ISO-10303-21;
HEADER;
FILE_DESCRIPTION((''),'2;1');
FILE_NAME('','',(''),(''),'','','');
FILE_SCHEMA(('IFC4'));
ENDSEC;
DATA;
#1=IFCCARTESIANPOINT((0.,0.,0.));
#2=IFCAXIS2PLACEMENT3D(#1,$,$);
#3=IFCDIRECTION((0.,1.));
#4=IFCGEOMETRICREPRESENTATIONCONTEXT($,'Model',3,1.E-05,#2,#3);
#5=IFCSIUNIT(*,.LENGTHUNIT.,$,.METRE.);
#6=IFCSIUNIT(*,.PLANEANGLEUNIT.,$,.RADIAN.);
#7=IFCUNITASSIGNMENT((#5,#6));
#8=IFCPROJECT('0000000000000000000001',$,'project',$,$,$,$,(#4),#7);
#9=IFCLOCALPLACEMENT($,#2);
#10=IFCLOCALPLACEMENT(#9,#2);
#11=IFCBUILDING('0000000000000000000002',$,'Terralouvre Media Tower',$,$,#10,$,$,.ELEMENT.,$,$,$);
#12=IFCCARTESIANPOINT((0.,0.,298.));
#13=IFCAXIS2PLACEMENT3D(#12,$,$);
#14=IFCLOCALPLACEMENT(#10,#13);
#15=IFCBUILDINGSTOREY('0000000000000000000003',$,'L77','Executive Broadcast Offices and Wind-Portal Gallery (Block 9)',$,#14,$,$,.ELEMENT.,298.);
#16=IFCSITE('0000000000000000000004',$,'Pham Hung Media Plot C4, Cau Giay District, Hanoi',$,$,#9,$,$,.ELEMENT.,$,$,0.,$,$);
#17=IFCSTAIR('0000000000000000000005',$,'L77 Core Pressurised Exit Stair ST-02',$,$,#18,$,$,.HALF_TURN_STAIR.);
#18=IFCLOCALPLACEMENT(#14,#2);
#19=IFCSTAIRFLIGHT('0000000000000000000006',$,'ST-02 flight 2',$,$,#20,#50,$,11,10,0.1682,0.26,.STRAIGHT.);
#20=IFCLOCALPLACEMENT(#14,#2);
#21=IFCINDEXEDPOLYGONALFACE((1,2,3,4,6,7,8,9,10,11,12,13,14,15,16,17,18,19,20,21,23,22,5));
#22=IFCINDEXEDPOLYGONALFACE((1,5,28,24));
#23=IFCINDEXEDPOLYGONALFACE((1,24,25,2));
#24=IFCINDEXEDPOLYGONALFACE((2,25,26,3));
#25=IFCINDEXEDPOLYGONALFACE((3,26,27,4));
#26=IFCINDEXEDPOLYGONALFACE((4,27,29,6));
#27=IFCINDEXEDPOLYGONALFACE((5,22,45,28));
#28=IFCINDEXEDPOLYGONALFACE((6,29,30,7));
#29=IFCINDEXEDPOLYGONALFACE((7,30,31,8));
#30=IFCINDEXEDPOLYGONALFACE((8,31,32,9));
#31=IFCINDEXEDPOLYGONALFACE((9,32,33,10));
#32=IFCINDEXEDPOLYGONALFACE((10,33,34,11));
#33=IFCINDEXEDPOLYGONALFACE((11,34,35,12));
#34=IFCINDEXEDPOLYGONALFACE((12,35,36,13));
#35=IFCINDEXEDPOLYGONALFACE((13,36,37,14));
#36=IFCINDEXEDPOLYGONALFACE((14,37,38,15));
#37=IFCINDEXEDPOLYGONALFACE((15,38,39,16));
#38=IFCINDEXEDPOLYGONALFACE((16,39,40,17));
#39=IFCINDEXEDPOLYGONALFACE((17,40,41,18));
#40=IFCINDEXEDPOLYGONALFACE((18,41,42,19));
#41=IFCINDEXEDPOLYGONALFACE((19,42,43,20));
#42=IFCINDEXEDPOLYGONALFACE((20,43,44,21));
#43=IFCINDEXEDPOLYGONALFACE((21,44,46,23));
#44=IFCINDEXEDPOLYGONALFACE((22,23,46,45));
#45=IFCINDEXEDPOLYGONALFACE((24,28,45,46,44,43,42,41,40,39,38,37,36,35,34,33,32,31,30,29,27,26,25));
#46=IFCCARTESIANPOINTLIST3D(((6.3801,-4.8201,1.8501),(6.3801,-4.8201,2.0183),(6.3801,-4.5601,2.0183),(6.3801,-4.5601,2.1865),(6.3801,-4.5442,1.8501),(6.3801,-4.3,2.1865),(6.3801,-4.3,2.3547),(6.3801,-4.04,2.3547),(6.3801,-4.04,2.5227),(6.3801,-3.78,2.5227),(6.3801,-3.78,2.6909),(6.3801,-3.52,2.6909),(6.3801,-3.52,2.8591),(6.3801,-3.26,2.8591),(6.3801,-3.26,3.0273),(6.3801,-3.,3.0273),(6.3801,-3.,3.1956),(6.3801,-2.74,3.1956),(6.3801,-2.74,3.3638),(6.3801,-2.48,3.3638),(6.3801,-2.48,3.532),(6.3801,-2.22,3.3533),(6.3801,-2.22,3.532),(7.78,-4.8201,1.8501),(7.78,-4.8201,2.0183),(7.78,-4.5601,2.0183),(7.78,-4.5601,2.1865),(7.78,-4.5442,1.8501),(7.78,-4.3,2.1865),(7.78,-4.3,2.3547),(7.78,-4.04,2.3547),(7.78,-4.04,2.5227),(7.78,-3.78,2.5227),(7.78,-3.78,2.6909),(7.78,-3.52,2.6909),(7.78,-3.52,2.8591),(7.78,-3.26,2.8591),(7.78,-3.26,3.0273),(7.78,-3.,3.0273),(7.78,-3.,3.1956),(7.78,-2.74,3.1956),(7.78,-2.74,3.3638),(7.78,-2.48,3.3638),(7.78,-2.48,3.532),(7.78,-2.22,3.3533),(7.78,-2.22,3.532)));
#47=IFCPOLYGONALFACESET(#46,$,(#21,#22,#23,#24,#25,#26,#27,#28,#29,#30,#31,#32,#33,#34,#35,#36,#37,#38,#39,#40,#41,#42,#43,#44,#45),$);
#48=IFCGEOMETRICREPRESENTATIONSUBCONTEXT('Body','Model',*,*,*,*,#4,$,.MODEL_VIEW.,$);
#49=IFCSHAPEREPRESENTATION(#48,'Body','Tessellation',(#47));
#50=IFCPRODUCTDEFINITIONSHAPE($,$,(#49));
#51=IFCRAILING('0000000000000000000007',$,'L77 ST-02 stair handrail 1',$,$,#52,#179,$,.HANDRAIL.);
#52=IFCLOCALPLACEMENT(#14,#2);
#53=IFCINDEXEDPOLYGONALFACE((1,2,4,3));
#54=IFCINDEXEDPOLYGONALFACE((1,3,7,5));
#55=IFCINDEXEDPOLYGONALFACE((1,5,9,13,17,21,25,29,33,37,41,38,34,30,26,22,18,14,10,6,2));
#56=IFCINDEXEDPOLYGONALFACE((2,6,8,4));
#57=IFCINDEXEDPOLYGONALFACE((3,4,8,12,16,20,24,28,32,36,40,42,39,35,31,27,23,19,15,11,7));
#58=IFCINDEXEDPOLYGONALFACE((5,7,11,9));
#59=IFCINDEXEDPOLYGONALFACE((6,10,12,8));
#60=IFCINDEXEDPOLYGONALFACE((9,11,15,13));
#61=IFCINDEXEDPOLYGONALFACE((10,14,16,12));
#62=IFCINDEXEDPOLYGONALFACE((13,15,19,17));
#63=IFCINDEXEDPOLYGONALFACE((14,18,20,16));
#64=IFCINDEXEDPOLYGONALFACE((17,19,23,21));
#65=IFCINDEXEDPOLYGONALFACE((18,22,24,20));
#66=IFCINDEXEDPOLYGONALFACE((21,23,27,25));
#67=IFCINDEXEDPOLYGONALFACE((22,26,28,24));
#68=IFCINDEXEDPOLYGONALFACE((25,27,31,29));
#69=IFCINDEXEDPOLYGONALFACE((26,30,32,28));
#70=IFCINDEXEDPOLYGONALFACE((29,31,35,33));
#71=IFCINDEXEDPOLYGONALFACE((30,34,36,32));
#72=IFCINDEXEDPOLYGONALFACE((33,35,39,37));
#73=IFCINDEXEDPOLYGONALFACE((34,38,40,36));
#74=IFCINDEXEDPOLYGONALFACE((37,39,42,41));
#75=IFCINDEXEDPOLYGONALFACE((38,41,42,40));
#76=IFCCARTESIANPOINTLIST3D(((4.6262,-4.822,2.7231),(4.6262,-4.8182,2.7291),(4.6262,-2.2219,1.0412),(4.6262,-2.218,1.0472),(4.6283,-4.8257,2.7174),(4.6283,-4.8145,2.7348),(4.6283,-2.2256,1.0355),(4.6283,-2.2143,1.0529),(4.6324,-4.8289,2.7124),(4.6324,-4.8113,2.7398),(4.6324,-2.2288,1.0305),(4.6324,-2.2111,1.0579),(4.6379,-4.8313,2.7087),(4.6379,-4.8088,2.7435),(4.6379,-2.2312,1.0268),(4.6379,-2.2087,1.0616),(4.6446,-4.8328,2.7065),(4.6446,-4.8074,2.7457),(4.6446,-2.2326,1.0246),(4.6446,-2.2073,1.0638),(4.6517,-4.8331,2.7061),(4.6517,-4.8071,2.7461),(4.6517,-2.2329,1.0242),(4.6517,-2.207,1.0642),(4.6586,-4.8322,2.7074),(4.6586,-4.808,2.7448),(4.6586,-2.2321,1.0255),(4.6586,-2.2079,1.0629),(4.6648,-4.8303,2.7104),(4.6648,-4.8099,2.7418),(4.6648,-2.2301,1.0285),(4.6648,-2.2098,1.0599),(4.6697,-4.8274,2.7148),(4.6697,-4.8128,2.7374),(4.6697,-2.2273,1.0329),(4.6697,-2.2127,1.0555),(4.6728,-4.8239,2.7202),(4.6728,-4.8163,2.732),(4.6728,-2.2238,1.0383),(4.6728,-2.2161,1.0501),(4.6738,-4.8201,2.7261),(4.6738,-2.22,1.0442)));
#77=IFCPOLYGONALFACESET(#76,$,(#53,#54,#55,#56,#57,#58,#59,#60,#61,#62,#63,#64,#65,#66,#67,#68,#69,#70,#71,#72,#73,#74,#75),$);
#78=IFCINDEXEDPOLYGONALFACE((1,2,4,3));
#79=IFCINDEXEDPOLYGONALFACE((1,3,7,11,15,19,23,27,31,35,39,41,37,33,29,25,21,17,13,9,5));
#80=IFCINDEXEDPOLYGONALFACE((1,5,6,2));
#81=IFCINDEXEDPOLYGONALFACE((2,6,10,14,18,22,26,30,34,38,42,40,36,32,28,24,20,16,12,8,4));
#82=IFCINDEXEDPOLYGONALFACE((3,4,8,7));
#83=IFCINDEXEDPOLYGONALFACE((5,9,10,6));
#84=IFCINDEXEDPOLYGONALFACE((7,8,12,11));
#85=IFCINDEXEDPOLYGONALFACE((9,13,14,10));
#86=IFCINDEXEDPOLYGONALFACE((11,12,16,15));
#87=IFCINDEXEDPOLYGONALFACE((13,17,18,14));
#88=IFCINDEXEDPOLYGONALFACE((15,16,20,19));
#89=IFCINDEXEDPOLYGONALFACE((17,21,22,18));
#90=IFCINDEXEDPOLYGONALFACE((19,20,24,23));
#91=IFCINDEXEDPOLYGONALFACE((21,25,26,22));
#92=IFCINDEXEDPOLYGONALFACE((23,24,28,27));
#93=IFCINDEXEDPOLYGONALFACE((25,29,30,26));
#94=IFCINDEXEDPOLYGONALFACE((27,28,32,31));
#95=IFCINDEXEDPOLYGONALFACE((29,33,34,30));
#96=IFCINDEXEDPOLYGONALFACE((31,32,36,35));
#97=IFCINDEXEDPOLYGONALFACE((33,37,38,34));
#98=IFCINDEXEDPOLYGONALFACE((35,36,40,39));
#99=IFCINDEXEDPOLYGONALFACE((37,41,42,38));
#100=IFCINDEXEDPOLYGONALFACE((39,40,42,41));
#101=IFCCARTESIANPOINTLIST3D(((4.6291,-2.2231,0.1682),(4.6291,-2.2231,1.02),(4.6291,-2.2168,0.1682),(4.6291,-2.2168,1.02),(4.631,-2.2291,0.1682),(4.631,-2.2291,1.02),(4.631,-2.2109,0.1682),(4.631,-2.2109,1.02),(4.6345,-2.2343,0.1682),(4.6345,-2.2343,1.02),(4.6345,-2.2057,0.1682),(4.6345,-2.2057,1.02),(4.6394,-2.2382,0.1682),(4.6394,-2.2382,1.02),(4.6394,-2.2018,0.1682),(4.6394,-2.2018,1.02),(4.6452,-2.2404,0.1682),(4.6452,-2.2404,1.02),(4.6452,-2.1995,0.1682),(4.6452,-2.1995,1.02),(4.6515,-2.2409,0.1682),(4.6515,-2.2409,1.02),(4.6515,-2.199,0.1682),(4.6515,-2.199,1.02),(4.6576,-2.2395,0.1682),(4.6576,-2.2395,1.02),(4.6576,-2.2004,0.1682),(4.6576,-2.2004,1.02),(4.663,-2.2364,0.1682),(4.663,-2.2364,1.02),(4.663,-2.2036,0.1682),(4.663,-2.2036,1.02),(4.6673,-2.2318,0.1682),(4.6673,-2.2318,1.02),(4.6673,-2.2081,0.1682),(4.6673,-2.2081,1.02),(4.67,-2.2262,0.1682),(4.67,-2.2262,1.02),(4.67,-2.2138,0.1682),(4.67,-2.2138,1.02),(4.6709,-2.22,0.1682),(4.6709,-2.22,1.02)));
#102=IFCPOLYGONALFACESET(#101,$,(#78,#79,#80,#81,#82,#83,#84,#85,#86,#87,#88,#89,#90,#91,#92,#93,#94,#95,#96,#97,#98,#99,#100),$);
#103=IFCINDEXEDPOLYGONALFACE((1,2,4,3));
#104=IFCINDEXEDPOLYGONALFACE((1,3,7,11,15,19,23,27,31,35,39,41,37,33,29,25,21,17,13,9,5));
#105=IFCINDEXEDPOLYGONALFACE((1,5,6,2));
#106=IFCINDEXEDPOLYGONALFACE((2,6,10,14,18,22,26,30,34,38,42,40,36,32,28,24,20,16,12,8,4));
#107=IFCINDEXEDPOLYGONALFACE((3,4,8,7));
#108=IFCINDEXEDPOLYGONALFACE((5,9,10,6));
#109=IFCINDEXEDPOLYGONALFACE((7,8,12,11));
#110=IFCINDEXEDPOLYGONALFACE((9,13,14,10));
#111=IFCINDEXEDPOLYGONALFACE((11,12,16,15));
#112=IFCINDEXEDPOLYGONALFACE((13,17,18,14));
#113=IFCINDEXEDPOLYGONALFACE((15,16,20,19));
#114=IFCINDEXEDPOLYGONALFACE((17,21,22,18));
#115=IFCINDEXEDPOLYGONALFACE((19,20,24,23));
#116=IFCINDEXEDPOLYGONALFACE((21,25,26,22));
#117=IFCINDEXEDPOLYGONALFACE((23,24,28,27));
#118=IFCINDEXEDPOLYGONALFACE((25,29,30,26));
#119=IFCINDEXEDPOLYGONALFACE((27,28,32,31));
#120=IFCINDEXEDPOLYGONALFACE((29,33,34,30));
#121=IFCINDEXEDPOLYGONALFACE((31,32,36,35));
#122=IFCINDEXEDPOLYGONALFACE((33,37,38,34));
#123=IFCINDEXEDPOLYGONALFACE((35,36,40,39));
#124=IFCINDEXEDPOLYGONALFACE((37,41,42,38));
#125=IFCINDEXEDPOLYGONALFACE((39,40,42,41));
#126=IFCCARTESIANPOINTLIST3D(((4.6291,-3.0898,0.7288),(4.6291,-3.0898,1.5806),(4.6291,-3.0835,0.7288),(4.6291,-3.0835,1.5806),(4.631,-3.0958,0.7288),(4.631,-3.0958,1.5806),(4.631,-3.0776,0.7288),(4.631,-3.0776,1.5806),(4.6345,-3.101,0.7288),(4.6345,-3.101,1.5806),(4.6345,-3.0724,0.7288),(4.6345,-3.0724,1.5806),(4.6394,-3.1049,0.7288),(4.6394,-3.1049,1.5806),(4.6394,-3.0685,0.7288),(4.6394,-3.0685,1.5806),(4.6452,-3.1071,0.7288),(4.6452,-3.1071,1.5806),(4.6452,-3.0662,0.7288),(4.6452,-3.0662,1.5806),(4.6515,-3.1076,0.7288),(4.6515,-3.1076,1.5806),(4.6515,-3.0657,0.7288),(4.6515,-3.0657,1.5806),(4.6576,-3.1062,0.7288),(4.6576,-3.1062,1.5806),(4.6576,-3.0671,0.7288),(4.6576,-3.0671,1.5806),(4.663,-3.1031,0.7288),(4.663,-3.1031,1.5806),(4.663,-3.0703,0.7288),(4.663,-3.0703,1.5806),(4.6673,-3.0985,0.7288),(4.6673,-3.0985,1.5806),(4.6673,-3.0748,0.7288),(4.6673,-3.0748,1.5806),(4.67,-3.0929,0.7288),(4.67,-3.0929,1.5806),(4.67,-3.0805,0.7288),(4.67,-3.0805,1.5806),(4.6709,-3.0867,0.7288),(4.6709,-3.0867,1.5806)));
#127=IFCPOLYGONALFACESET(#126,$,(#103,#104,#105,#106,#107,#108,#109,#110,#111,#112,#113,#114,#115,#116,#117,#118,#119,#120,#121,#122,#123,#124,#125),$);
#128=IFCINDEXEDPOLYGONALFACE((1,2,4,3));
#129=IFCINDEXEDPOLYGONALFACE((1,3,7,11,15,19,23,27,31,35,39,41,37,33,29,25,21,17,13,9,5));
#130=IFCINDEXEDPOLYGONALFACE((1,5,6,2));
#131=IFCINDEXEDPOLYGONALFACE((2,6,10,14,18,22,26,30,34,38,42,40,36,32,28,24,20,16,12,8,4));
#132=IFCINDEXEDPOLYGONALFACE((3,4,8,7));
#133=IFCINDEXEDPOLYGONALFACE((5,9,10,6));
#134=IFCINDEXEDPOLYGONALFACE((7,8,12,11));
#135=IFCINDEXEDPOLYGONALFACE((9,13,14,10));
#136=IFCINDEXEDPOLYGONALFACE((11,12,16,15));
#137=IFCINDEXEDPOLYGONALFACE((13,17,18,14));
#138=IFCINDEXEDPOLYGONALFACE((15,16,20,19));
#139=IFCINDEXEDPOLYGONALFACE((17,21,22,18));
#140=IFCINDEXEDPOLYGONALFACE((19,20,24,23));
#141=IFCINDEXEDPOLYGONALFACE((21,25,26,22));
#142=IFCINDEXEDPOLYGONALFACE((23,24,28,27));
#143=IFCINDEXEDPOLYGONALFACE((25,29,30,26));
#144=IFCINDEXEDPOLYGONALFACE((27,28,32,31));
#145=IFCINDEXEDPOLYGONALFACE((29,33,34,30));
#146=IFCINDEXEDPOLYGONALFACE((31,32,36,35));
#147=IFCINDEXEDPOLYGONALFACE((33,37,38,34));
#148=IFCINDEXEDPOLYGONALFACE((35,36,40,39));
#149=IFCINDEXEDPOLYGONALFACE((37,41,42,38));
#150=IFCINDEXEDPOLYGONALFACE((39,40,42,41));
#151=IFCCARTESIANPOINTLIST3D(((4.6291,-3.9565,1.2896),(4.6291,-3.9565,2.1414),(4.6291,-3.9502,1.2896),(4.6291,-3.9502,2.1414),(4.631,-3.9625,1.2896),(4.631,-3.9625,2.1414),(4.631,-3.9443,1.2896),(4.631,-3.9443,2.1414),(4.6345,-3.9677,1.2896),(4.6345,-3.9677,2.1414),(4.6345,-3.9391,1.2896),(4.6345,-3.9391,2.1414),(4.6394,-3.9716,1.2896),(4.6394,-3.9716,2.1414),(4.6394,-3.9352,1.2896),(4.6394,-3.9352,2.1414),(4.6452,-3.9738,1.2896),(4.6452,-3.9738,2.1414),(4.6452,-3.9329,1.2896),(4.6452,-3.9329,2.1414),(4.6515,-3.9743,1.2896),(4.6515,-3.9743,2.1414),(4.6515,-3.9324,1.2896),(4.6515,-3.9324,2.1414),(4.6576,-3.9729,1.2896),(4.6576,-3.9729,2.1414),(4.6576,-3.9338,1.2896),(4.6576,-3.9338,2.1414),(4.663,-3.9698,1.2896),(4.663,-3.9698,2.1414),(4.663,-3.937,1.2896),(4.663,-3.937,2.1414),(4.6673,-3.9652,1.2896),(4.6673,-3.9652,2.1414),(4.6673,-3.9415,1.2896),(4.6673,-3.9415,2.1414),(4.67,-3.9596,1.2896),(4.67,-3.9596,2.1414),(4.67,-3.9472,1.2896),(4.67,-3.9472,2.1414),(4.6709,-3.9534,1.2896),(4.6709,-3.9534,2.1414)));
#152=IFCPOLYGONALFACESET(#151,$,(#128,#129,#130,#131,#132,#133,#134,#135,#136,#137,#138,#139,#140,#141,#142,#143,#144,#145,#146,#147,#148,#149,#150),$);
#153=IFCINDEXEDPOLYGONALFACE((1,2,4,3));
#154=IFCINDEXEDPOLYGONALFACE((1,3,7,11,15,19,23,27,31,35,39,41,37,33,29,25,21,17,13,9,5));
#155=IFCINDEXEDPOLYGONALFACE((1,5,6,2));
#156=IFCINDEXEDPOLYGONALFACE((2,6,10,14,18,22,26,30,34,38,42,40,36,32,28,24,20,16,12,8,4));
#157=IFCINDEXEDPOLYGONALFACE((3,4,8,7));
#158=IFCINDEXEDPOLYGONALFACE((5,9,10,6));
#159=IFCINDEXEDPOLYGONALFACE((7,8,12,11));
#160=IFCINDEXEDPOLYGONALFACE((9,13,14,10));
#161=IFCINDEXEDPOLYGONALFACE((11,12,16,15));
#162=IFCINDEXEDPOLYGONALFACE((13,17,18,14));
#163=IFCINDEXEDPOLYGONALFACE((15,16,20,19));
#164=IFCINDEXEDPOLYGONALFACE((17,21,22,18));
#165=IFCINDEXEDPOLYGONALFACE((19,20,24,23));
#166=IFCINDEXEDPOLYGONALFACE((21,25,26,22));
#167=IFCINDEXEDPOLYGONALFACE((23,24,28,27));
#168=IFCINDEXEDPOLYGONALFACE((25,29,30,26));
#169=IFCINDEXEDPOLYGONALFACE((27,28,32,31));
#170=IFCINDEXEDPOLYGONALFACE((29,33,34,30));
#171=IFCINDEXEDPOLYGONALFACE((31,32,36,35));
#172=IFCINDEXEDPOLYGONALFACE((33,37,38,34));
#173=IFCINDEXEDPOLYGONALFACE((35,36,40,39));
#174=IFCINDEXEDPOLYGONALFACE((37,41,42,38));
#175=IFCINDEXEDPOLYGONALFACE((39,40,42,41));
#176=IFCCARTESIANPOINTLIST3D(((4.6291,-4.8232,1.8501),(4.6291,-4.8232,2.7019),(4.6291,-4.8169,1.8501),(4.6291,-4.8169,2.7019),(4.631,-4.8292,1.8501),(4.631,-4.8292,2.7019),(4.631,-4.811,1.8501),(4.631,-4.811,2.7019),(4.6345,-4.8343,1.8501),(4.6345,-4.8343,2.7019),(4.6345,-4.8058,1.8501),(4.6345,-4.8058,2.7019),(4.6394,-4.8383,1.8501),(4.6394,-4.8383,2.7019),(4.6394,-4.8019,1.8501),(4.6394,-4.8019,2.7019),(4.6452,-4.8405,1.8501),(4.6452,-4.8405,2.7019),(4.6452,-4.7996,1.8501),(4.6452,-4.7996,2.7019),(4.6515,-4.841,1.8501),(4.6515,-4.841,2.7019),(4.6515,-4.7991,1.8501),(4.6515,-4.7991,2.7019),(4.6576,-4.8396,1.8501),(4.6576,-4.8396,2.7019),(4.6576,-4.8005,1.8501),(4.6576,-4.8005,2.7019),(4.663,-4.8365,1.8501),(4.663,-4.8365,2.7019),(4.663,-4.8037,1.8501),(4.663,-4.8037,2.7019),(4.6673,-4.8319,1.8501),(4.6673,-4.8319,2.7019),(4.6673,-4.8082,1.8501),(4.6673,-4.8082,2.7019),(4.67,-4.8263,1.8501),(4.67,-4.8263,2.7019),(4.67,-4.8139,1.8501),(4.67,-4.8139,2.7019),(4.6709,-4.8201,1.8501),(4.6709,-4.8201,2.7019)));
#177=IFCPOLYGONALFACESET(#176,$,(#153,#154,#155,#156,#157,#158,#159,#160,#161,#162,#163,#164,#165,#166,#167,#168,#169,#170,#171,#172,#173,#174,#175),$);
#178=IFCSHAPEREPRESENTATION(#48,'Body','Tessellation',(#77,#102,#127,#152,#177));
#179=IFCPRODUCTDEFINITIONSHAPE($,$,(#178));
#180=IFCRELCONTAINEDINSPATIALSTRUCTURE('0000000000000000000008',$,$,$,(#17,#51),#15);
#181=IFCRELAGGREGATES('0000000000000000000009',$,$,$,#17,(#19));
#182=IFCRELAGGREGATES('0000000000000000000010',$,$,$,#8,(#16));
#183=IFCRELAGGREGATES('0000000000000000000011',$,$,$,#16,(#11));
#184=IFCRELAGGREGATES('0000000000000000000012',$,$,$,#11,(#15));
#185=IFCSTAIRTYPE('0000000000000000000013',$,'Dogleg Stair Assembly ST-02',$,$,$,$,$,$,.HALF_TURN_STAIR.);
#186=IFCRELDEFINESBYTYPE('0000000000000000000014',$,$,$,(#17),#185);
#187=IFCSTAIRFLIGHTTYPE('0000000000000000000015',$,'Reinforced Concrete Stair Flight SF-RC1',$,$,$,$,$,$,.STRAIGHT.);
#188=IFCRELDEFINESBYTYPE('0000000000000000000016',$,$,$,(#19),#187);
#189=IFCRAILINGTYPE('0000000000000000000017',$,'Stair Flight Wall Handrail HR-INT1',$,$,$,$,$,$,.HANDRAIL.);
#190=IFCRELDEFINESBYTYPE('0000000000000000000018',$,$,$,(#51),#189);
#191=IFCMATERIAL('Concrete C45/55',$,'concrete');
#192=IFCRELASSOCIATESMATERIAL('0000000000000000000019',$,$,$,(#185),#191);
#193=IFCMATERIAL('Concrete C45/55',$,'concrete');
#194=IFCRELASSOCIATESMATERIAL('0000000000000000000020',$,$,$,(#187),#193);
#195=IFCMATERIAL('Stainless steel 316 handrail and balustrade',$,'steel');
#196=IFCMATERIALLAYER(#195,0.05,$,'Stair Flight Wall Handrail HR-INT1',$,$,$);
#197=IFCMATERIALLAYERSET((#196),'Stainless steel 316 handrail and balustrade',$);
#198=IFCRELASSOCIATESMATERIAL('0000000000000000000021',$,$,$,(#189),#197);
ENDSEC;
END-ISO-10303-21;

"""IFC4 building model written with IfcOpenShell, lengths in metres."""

from ifc_helpers import new_model, si_unit, direction, frame, origin, origin_2d, place, context, subcontext, project, spatial, polyline, circle, outline, extrude, material, layer, layer_set, type_object, element, aggregate, save


model = new_model("IFC4")

# Units and contexts
model_context = context("Model", 3, precision=1e-05, world=origin(), true_north=direction((0.0, 1.0)))
body_context = subcontext(model_context, "Body", "Model", "MODEL_VIEW")
ifc_project = project(units=[si_unit("LENGTHUNIT", "METRE"), si_unit("PLANEANGLEUNIT", "RADIAN")], contexts=[model_context])

# Site, building, storey
site_placement = place(None, origin())
site = spatial("IfcSite", under=ifc_project, at=site_placement, Name="Pham Hung Media Plot C4, Cau Giay District, Hanoi", CompositionType="ELEMENT", RefElevation=0.0)
building_placement = place(site_placement, origin())
building = spatial("IfcBuilding", under=site, at=building_placement, Name="Terralouvre Media Tower", CompositionType="ELEMENT")
storey_placement = place(building_placement, frame((0.0, 0.0, 298.0)))
storey = spatial("IfcBuildingStorey", under=building, at=storey_placement, Name="L77", Description="Executive Broadcast Offices and Wind-Portal Gallery (Block 9)", CompositionType="ELEMENT", Elevation=298.0)

# Stair, stair flight
ifc_material_1 = material(Name="Concrete C45/55", Category="concrete")
stair_type = type_object("IfcStairType", Name="Dogleg Stair Assembly ST-02", PredefinedType="HALF_TURN_STAIR", material=ifc_material_1)
stair_placement = place(storey_placement, origin())
stair = element("IfcStair", 1, at=stair_placement, inside=storey, type_object=stair_type, Name="L77 Core Pressurised Exit Stair ST-02", PredefinedType="HALF_TURN_STAIR")
ifc_material_2 = material(Name="Concrete C45/55", Category="concrete")
stair_flight_type = type_object("IfcStairFlightType", Name="Reinforced Concrete Stair Flight SF-RC1", PredefinedType="STRAIGHT", material=ifc_material_2)
stair_flight_1_placement = place(storey_placement, frame((7.0801, -4.8201, 1.8501), z_axis=(0.0, 0.0, 1.0), x_axis=(0.0, 1.0, 0.0)))
stair_flight_1 = element("IfcStairFlight", 2, at=stair_flight_1_placement, type_object=stair_flight_type, Name="ST-02 flight 2", NumberOfRisers=11, NumberOfTreads=10, PredefinedType="STRAIGHT", RiserHeight=0.1682, TreadLength=0.26, context=body_context, shape_type="SweptSolid", body=[
    extrude(outline(polyline([(0.0, 0.0), (0.0, 0.1682), (0.26, 0.1682), (0.26, 0.3364), (0.52, 0.3364), (0.52, 0.5046), (0.78, 0.5046), (0.78, 0.6726), (1.04, 0.6726), (1.04, 0.8408), (1.3, 0.8408), (1.3, 1.009), (1.5601, 1.009), (1.5601, 1.1772), (1.8201, 1.1772), (1.8201, 1.3455), (2.0801, 1.3455), (2.0801, 1.5137), (2.3401, 1.5137), (2.3401, 1.6819), (2.6001, 1.6819), (2.6001, 1.8501), (2.6001, 1.5032), (0.2759, 0.0), (0.0, 0.0)])), frame((0.0, 0.7, 0.0), z_axis=(0.0, -1.0, 0.0), x_axis=(1.0, 0.0, 0.0)), (0.0, 0.0, 1.0), 1.3999),
])
aggregate(stair, [stair_flight_1])

# Railing
ifc_material_3 = material(Name="Stainless steel 316 handrail and balustrade", Category="steel")
ifc_layer_1 = layer(ifc_material_3, 0.05, Name="Stair Flight Wall Handrail HR-INT1")
ifc_layer_set_1 = layer_set([ifc_layer_1], Name="Stainless steel 316 handrail and balustrade")
railing_type_1 = type_object("IfcRailingType", Name="Stair Flight Wall Handrail HR-INT1", PredefinedType="HANDRAIL", material=ifc_layer_set_1)
railing_1_placement = place(storey_placement, frame((4.6499, -2.22, 0.1682)))
element("IfcRailing", 3, at=railing_1_placement, inside=storey, type_object=railing_type_1, Name="L77 ST-02 stair handrail 1", PredefinedType="HANDRAIL", context=body_context, shape_type="SweptSolid", body=[
    extrude(circle(Radius=0.0239, at=origin_2d()), frame((0.0, 0.0, 0.876), z_axis=(0.0, -0.839648, 0.54313), x_axis=(1.0, 0.0, 0.0)), (0.0, 0.0, 1.0), 3.0967),
    extrude(circle(Radius=0.021, at=origin_2d()), origin(), (0.0, 0.0, 1.0), 0.8518),
    extrude(circle(Radius=0.021, at=origin_2d()), frame((0.0, -0.8667, 0.5605)), (0.0, 0.0, 1.0), 0.8518),
    extrude(circle(Radius=0.021, at=origin_2d()), frame((0.0, -1.7334, 1.1213)), (0.0, 0.0, 1.0), 0.8518),
    extrude(circle(Radius=0.021, at=origin_2d()), frame((0.0, -2.6001, 1.6819)), (0.0, 0.0, 1.0), 0.8518),
])

save(model, "model.ifc")
